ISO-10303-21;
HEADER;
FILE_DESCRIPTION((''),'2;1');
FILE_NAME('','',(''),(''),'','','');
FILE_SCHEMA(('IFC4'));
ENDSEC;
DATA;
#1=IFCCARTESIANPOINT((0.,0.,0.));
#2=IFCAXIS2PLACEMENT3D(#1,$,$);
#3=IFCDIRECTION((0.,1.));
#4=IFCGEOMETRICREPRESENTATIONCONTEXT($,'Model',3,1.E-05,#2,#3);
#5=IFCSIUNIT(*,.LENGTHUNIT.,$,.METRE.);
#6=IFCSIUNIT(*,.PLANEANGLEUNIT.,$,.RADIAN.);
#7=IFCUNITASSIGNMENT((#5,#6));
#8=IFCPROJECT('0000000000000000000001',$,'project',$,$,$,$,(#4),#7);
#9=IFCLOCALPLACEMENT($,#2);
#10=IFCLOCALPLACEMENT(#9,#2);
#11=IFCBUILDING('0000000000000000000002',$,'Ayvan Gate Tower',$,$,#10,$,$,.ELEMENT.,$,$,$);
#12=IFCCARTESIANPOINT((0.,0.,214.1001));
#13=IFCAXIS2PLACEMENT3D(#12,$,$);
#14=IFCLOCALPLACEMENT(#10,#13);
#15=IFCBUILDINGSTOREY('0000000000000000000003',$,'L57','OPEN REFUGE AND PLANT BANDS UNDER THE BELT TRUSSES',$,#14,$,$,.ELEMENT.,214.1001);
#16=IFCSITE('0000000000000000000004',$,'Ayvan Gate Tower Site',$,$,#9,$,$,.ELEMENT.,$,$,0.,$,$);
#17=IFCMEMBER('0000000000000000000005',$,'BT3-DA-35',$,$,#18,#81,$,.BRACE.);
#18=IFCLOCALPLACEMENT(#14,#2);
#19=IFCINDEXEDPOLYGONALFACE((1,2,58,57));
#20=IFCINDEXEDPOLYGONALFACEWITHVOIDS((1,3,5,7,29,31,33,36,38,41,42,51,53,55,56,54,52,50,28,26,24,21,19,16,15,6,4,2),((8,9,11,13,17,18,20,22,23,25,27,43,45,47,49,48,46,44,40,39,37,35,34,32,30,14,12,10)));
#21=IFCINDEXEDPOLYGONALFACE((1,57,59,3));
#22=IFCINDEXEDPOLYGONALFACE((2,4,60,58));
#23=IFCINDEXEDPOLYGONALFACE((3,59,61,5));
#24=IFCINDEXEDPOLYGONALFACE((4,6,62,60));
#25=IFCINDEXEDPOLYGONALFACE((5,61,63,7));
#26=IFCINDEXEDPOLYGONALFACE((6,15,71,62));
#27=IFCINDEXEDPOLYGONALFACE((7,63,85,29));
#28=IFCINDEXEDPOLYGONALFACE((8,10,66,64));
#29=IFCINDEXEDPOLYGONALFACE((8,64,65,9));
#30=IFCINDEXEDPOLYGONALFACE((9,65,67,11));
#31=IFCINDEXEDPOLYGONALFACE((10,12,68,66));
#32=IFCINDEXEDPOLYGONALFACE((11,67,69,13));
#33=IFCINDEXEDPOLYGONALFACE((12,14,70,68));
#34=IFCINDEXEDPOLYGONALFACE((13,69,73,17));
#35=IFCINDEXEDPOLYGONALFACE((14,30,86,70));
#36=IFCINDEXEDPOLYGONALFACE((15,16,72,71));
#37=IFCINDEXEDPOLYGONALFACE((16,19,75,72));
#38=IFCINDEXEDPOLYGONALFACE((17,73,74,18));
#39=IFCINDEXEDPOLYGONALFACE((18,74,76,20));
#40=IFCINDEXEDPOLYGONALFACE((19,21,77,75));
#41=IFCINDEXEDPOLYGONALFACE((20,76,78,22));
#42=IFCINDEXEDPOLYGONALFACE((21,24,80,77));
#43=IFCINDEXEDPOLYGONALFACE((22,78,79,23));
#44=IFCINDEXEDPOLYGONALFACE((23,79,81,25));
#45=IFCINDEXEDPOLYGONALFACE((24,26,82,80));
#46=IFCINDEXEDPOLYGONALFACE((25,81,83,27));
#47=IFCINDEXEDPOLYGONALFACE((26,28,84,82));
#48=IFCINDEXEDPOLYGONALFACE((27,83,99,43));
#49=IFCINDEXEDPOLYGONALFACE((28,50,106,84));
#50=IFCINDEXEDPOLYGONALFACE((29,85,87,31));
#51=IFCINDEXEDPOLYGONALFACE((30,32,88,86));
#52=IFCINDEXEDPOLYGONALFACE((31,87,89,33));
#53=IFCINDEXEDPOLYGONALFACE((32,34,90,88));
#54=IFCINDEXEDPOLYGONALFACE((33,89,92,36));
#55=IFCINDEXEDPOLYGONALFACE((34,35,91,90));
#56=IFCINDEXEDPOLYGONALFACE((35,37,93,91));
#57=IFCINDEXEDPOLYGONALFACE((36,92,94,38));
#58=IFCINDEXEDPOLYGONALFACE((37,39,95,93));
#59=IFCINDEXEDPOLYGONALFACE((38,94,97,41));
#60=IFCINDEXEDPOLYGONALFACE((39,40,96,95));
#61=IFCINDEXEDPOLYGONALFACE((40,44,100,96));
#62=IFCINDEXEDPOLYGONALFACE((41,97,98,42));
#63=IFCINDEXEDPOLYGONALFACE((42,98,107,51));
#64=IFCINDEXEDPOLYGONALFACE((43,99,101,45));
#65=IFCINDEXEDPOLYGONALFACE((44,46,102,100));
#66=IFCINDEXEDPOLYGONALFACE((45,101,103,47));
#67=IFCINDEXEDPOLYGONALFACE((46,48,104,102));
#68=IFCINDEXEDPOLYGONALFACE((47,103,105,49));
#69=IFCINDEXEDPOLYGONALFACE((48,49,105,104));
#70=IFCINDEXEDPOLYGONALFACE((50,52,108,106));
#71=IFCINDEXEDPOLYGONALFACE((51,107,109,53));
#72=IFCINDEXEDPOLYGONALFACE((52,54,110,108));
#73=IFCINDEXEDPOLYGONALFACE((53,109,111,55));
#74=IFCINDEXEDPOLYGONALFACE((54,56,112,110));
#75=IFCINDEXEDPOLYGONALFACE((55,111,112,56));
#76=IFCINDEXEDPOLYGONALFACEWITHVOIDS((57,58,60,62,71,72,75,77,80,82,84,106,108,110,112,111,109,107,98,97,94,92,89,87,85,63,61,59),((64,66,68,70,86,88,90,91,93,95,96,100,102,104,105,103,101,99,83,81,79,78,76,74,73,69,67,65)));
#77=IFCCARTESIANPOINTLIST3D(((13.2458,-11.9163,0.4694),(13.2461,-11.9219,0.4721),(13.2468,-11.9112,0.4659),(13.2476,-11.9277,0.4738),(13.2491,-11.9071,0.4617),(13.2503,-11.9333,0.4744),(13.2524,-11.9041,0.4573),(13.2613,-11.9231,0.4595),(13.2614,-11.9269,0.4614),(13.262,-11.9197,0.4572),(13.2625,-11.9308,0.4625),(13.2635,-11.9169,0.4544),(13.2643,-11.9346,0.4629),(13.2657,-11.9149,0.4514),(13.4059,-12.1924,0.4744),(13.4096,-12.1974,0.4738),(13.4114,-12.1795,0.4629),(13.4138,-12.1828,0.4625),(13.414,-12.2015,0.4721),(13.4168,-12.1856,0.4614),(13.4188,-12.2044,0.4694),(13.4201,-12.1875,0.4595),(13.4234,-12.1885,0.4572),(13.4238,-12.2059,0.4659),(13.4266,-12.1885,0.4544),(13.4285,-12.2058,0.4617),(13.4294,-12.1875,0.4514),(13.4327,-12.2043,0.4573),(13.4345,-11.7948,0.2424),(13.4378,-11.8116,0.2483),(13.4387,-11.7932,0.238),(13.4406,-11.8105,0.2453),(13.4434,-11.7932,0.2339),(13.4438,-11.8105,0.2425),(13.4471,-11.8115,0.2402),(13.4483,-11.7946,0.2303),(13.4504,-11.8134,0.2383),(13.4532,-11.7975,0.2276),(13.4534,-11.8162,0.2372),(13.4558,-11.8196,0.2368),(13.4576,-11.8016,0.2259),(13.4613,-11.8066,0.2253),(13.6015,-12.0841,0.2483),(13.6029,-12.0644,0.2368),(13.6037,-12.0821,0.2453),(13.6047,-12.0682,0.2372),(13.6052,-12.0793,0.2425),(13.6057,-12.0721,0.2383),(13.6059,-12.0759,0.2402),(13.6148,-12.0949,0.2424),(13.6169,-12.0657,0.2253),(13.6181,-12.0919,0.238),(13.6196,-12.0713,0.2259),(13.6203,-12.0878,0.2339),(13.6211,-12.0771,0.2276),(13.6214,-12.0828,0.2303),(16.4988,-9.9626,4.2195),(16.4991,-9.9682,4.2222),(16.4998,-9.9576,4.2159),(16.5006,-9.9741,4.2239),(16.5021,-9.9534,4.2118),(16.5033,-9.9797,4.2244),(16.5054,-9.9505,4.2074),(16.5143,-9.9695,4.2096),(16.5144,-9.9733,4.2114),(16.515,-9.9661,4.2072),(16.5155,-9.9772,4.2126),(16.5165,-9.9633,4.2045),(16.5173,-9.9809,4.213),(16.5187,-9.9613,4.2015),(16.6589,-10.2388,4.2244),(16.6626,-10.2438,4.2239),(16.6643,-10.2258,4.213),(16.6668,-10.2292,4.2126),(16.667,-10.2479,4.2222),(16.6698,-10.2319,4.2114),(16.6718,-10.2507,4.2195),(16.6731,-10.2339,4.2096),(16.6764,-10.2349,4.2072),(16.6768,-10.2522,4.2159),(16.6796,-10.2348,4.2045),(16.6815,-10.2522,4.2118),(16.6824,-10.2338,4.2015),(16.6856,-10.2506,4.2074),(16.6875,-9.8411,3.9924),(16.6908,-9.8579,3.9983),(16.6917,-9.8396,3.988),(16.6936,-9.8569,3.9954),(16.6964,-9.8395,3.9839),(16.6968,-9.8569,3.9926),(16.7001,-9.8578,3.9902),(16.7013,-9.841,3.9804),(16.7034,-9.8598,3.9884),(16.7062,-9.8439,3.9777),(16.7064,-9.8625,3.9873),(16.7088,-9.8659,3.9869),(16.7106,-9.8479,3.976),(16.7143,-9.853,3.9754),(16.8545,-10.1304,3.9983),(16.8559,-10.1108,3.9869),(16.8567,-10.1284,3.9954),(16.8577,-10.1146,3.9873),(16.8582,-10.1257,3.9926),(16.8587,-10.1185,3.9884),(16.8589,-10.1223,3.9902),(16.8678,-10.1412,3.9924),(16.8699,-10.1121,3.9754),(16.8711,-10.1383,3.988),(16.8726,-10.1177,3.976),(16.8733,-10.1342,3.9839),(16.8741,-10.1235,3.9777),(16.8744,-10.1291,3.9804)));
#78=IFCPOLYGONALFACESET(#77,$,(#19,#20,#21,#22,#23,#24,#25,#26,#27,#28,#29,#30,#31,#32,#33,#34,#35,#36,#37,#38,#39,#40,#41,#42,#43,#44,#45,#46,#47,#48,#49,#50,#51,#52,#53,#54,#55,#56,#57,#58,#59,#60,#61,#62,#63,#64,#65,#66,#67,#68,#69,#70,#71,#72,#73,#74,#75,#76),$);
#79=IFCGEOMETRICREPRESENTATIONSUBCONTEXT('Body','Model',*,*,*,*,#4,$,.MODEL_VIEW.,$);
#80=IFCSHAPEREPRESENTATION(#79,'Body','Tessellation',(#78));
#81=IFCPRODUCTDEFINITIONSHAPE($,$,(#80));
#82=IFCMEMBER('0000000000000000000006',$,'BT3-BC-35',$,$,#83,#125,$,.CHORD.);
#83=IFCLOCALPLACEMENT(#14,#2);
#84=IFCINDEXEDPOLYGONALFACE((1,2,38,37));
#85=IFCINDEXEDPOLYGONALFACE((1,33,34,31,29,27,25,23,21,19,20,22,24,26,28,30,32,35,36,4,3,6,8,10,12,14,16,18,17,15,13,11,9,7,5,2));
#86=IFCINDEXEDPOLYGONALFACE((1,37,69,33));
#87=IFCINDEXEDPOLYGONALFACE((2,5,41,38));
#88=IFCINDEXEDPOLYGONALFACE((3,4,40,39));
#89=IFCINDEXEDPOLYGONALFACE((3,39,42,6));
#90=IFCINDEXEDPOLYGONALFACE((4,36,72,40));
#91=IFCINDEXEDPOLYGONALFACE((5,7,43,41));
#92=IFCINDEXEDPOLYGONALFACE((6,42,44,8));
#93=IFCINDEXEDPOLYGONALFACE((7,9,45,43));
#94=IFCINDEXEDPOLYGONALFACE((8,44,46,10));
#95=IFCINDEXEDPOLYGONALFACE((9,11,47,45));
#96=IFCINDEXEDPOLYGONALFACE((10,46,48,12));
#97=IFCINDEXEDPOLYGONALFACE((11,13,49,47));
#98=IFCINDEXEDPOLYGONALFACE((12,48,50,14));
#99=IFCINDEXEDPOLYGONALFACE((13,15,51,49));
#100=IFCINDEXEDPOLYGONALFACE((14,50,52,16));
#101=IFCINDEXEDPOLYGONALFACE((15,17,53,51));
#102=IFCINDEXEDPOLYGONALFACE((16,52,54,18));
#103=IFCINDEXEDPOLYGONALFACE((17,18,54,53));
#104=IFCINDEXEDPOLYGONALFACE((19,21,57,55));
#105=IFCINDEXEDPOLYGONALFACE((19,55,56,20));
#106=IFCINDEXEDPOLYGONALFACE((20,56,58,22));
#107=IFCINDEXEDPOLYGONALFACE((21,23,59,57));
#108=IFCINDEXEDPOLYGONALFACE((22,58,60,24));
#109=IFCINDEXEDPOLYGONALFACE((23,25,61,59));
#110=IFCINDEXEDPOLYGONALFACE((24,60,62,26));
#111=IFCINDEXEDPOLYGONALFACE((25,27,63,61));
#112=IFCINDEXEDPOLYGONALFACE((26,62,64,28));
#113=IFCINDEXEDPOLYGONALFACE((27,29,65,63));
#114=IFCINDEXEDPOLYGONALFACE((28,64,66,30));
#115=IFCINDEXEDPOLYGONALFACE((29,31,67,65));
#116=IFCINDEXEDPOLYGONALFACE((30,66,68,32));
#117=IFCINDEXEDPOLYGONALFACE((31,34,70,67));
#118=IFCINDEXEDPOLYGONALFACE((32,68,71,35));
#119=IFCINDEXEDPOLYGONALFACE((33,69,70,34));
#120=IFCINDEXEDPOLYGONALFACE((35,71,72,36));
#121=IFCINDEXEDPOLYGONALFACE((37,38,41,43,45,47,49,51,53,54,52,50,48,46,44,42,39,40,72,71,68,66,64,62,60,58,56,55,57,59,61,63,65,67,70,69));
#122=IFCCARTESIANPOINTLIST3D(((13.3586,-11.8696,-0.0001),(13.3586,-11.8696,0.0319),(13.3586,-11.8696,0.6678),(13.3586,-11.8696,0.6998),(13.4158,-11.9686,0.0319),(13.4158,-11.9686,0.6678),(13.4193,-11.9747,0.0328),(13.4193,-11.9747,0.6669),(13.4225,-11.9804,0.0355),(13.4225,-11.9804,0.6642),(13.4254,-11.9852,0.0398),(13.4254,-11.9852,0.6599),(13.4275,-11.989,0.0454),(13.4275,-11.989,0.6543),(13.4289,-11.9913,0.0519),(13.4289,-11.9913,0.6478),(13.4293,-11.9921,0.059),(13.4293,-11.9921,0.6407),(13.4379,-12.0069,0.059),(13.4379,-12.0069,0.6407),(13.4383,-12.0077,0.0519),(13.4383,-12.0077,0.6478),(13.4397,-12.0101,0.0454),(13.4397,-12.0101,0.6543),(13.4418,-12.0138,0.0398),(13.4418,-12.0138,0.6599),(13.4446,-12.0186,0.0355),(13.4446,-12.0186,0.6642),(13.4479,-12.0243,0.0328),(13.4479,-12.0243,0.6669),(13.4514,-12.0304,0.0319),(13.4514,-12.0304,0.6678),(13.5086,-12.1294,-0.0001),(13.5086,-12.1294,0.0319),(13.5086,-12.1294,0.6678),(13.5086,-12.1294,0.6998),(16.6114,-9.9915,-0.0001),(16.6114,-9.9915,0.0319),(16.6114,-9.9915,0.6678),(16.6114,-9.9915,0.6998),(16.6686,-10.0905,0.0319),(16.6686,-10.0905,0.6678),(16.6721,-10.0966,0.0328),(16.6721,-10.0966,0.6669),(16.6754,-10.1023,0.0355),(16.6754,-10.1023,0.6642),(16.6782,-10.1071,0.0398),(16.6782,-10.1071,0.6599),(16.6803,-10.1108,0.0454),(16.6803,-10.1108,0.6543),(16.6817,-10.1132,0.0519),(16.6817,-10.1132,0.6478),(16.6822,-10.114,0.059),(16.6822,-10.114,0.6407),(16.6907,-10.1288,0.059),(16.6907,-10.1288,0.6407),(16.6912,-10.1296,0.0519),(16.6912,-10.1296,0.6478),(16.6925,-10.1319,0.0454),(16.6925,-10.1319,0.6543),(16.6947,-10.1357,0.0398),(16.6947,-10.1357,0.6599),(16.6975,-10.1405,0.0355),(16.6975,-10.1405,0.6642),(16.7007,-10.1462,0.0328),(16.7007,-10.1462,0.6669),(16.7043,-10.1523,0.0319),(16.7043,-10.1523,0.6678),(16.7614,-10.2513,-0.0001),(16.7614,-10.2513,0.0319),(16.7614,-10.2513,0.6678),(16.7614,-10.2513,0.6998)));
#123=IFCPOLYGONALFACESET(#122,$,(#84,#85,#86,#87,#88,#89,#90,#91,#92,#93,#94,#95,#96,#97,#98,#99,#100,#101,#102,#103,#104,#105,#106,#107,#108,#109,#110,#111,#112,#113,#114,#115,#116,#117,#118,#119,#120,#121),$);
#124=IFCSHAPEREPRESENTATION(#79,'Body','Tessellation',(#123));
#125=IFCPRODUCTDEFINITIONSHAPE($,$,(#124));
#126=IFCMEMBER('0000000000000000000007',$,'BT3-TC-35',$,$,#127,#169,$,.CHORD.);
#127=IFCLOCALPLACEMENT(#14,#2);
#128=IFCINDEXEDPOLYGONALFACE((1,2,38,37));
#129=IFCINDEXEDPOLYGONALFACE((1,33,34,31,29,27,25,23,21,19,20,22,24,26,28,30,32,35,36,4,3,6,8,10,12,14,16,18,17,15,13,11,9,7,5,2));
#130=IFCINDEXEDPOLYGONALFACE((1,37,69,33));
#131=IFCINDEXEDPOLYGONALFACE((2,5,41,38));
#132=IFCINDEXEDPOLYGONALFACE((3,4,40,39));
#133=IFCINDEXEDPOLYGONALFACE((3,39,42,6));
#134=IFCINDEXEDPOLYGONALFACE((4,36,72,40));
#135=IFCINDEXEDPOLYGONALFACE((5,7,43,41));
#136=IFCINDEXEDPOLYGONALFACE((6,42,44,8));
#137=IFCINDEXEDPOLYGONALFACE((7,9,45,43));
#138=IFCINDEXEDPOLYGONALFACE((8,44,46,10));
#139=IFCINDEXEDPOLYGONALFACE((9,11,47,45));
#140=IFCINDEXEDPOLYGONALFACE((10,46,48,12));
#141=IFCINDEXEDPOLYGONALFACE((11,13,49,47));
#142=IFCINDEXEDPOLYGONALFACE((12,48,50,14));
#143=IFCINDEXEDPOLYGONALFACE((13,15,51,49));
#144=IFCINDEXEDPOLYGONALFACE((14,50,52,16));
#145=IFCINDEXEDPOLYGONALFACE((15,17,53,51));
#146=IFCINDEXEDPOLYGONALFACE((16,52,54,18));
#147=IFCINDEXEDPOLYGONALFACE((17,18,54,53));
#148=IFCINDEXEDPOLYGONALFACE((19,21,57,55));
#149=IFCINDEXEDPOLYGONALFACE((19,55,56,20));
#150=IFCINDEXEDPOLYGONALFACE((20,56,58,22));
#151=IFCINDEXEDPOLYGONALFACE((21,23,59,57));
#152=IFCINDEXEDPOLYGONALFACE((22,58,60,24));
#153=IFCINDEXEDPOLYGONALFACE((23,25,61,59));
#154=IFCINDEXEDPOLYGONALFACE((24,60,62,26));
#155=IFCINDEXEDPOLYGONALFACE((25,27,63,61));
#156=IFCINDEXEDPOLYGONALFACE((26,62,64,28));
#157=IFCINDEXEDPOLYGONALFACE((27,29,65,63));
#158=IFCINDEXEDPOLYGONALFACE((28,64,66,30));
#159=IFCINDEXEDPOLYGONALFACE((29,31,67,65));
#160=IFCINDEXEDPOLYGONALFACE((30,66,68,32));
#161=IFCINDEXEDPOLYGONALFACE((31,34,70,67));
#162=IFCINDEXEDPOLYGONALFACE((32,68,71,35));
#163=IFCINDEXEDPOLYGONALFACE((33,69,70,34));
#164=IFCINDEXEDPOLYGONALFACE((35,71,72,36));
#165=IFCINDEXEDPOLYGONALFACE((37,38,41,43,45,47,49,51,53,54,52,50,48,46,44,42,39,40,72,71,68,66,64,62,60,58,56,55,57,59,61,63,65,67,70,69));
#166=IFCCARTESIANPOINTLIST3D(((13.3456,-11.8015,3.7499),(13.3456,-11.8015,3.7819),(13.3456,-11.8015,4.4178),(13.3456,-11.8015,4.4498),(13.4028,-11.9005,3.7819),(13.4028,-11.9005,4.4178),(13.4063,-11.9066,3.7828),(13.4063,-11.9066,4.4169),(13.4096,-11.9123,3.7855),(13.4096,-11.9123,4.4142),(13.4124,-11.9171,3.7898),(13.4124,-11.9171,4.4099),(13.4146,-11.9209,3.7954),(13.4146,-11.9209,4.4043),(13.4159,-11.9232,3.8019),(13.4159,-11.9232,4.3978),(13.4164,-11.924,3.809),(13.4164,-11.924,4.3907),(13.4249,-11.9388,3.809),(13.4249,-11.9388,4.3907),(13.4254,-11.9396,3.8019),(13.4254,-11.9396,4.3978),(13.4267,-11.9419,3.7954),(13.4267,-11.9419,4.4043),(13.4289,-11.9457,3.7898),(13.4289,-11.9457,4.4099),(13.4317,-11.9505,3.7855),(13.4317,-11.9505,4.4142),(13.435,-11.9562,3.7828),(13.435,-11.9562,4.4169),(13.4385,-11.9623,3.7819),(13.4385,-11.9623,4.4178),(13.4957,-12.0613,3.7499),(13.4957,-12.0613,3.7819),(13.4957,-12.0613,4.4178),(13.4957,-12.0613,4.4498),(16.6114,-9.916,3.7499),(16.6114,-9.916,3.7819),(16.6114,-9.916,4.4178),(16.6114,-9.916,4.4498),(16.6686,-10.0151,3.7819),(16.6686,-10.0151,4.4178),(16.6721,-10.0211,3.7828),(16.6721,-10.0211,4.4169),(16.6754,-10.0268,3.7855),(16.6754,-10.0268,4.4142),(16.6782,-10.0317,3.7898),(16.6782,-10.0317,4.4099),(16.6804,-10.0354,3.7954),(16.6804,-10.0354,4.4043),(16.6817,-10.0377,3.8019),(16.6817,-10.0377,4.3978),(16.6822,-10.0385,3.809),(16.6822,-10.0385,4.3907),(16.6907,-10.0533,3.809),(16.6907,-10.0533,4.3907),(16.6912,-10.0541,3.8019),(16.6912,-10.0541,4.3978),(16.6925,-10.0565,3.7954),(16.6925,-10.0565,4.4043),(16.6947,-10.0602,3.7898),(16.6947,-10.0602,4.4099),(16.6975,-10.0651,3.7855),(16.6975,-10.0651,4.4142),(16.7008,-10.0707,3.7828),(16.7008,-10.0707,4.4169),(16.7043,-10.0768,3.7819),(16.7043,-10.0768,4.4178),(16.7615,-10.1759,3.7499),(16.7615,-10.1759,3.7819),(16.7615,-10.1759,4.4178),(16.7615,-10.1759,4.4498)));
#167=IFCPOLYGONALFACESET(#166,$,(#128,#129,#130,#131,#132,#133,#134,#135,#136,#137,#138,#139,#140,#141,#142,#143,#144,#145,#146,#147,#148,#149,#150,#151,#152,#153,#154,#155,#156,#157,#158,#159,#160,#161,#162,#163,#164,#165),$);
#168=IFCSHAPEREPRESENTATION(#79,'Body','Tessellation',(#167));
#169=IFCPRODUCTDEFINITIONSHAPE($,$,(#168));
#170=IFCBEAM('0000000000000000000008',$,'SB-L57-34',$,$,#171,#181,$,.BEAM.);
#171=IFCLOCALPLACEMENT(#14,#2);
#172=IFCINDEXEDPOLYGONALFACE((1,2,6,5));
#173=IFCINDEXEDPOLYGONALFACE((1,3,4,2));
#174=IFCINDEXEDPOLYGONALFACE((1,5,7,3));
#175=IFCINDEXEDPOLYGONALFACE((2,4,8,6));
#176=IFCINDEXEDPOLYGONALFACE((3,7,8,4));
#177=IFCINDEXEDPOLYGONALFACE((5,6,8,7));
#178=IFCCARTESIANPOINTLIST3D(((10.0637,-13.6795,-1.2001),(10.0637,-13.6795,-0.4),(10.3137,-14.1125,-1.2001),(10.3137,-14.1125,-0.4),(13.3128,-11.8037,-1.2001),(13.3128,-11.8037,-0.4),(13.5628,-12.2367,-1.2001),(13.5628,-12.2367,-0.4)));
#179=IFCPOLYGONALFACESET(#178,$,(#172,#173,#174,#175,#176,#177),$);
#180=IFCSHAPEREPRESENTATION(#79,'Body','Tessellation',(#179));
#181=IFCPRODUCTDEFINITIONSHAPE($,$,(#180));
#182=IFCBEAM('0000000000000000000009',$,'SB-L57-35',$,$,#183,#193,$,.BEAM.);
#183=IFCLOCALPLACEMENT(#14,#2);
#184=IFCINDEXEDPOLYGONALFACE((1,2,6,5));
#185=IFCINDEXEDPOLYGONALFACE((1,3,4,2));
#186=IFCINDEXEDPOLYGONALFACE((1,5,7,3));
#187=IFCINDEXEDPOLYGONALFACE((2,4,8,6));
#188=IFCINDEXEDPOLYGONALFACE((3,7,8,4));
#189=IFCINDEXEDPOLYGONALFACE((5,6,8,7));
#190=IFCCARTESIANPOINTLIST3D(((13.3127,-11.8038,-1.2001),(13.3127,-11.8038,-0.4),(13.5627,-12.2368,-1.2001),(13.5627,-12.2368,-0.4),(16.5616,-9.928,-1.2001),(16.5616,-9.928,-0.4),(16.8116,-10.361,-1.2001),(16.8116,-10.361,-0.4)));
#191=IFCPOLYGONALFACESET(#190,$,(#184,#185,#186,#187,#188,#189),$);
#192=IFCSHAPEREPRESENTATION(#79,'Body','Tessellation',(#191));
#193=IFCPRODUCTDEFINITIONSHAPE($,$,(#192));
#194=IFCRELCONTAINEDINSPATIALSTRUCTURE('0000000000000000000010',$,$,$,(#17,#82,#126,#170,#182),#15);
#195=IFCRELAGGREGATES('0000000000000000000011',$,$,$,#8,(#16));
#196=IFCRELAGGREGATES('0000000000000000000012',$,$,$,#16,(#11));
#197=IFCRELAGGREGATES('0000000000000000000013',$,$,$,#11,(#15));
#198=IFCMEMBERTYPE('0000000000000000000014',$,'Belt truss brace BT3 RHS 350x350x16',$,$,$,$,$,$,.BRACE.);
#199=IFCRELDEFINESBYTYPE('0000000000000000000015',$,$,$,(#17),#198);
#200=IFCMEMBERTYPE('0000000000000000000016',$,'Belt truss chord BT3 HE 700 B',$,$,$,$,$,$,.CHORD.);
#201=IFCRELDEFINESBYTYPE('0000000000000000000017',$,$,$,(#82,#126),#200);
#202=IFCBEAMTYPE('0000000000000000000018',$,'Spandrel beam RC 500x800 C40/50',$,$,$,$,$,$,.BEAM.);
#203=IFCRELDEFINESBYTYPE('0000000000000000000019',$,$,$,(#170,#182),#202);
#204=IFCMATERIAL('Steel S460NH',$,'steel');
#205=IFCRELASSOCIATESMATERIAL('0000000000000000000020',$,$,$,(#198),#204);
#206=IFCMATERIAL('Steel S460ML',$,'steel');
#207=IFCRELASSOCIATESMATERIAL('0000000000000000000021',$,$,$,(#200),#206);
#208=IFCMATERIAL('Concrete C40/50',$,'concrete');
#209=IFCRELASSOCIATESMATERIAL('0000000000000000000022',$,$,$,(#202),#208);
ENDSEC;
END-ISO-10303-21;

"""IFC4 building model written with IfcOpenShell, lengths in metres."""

from ifc_helpers import new_model, si_unit, direction, frame, origin, origin_2d, place, context, subcontext, project, spatial, rectangle, hollow_rectangle, i_section, extrude, material, material_profile, profile_set, type_object, element, save


model = new_model("IFC4")

# Units and contexts
model_context = context("Model", 3, precision=1e-05, world=origin(), true_north=direction((0.0, 1.0)))
body_context = subcontext(model_context, "Body", "Model", "MODEL_VIEW")
ifc_project = project(units=[si_unit("LENGTHUNIT", "METRE"), si_unit("PLANEANGLEUNIT", "RADIAN")], contexts=[model_context])

# Site, building, storey
site_placement = place(None, origin())
site = spatial("IfcSite", under=ifc_project, at=site_placement, Name="Ayvan Gate Tower Site", CompositionType="ELEMENT", RefElevation=0.0)
building_placement = place(site_placement, origin())
building = spatial("IfcBuilding", under=site, at=building_placement, Name="Ayvan Gate Tower", CompositionType="ELEMENT")
storey_placement = place(building_placement, frame((0.0, 0.0, 214.1001)))
storey = spatial("IfcBuildingStorey", under=building, at=storey_placement, Name="L57", Description="OPEN REFUGE AND PLANT BANDS UNDER THE BELT TRUSSES", CompositionType="ELEMENT", Elevation=214.1001)

# Members
ifc_material_1 = material(Name="Steel S460NH", Category="steel")
ifc_material_profile_1 = material_profile(ifc_material_1, hollow_rectangle(XDim=0.3501, YDim=0.3501, WallThickness=0.0161, InnerFilletRadius=0.0161, OuterFilletRadius=0.0239, at=origin_2d()), Name="RHS 350x350x16")
ifc_profile_set_1 = profile_set([ifc_material_profile_1], Name="Steel S460NH")
member_type_1 = type_object("IfcMemberType", Name="Belt truss brace BT3 RHS 350x350x16", PredefinedType="BRACE", material=ifc_profile_set_1)
member_1_placement = place(storey_placement, frame((13.4336, -11.9995, 0.3499), z_axis=(0.609751, 0.366198, 0.702925), x_axis=(-0.514855, 0.857277, 0.0)))
element("IfcMember", 1, at=member_1_placement, inside=storey, type_object=member_type_1, Name="BT3-DA-35", PredefinedType="BRACE", context=body_context, shape_type="SweptSolid", body=[
    extrude(hollow_rectangle(XDim=0.3501, YDim=0.3501, WallThickness=0.0161, InnerFilletRadius=0.0161, OuterFilletRadius=0.0239, at=origin_2d()), origin(), (0.0, 0.0, 1.0), 5.335),
])
ifc_material_2 = material(Name="Steel S460ML", Category="steel")
ifc_material_profile_2 = material_profile(ifc_material_2, i_section(OverallWidth=0.3, OverallDepth=0.7, WebThickness=0.0171, FlangeThickness=0.032, FilletRadius=0.0271, at=origin_2d()), Name="HE 700 B")
ifc_profile_set_2 = profile_set([ifc_material_profile_2], Name="Steel S460ML")
member_type_2 = type_object("IfcMemberType", Name="Belt truss chord BT3 HE 700 B", PredefinedType="CHORD", material=ifc_profile_set_2)
member_2_placement = place(storey_placement, frame((13.4336, -11.9995, 0.3499), z_axis=(0.866015, 0.500019, 0.0), x_axis=(-0.500019, 0.866015, 0.0)))
element("IfcMember", 2, at=member_2_placement, inside=storey, type_object=member_type_2, Name="BT3-BC-35", PredefinedType="CHORD", context=body_context, shape_type="SweptSolid", body=[
    extrude(i_section(OverallWidth=0.3, OverallDepth=0.7, WebThickness=0.0171, FlangeThickness=0.032, FilletRadius=0.0271, at=origin_2d()), origin(), (0.0, 0.0, 1.0), 3.7561),
])
member_3_placement = place(storey_placement, frame((13.4207, -11.9314, 4.0999), z_axis=(0.866031, 0.49999, 0.0), x_axis=(-0.49999, 0.866031, 0.0)))
element("IfcMember", 3, at=member_3_placement, inside=storey, type_object=member_type_2, Name="BT3-TC-35", PredefinedType="CHORD", context=body_context, shape_type="SweptSolid", body=[
    extrude(i_section(OverallWidth=0.3, OverallDepth=0.7, WebThickness=0.0171, FlangeThickness=0.032, FilletRadius=0.0271, at=origin_2d()), origin(), (0.0, 0.0, 1.0), 3.771),
])

# Beams
ifc_material_3 = material(Name="Concrete C40/50", Category="concrete")
ifc_material_profile_3 = material_profile(ifc_material_3, rectangle(XDim=0.5, YDim=0.8, at=origin_2d()), Name="RC 500x800")
ifc_profile_set_3 = profile_set([ifc_material_profile_3], Name="Concrete C40/50")
beam_type_1 = type_object("IfcBeamType", Name="Spandrel beam RC 500x800 C40/50", PredefinedType="BEAM", material=ifc_profile_set_3)
beam_1_placement = place(storey_placement, frame((10.1887, -13.896, -0.8), z_axis=(0.866036, 0.499982, 0.0), x_axis=(-0.499982, 0.866036, 0.0)))
element("IfcBeam", 4, at=beam_1_placement, inside=storey, type_object=beam_type_1, Name="SB-L57-34", PredefinedType="BEAM", context=body_context, shape_type="SweptSolid", body=[
    extrude(rectangle(XDim=0.5, YDim=0.8, at=origin_2d()), origin(), (0.0, 0.0, 1.0), 3.7517),
])
beam_2_placement = place(storey_placement, frame((13.4377, -12.0203, -0.8), z_axis=(0.86602, 0.50001, 0.0), x_axis=(-0.50001, 0.86602, 0.0)))
element("IfcBeam", 5, at=beam_2_placement, inside=storey, type_object=beam_type_1, Name="SB-L57-35", PredefinedType="BEAM", context=body_context, shape_type="SweptSolid", body=[
    extrude(rectangle(XDim=0.5, YDim=0.8, at=origin_2d()), origin(), (0.0, 0.0, 1.0), 3.7515),
])

save(model, "model.ifc")
